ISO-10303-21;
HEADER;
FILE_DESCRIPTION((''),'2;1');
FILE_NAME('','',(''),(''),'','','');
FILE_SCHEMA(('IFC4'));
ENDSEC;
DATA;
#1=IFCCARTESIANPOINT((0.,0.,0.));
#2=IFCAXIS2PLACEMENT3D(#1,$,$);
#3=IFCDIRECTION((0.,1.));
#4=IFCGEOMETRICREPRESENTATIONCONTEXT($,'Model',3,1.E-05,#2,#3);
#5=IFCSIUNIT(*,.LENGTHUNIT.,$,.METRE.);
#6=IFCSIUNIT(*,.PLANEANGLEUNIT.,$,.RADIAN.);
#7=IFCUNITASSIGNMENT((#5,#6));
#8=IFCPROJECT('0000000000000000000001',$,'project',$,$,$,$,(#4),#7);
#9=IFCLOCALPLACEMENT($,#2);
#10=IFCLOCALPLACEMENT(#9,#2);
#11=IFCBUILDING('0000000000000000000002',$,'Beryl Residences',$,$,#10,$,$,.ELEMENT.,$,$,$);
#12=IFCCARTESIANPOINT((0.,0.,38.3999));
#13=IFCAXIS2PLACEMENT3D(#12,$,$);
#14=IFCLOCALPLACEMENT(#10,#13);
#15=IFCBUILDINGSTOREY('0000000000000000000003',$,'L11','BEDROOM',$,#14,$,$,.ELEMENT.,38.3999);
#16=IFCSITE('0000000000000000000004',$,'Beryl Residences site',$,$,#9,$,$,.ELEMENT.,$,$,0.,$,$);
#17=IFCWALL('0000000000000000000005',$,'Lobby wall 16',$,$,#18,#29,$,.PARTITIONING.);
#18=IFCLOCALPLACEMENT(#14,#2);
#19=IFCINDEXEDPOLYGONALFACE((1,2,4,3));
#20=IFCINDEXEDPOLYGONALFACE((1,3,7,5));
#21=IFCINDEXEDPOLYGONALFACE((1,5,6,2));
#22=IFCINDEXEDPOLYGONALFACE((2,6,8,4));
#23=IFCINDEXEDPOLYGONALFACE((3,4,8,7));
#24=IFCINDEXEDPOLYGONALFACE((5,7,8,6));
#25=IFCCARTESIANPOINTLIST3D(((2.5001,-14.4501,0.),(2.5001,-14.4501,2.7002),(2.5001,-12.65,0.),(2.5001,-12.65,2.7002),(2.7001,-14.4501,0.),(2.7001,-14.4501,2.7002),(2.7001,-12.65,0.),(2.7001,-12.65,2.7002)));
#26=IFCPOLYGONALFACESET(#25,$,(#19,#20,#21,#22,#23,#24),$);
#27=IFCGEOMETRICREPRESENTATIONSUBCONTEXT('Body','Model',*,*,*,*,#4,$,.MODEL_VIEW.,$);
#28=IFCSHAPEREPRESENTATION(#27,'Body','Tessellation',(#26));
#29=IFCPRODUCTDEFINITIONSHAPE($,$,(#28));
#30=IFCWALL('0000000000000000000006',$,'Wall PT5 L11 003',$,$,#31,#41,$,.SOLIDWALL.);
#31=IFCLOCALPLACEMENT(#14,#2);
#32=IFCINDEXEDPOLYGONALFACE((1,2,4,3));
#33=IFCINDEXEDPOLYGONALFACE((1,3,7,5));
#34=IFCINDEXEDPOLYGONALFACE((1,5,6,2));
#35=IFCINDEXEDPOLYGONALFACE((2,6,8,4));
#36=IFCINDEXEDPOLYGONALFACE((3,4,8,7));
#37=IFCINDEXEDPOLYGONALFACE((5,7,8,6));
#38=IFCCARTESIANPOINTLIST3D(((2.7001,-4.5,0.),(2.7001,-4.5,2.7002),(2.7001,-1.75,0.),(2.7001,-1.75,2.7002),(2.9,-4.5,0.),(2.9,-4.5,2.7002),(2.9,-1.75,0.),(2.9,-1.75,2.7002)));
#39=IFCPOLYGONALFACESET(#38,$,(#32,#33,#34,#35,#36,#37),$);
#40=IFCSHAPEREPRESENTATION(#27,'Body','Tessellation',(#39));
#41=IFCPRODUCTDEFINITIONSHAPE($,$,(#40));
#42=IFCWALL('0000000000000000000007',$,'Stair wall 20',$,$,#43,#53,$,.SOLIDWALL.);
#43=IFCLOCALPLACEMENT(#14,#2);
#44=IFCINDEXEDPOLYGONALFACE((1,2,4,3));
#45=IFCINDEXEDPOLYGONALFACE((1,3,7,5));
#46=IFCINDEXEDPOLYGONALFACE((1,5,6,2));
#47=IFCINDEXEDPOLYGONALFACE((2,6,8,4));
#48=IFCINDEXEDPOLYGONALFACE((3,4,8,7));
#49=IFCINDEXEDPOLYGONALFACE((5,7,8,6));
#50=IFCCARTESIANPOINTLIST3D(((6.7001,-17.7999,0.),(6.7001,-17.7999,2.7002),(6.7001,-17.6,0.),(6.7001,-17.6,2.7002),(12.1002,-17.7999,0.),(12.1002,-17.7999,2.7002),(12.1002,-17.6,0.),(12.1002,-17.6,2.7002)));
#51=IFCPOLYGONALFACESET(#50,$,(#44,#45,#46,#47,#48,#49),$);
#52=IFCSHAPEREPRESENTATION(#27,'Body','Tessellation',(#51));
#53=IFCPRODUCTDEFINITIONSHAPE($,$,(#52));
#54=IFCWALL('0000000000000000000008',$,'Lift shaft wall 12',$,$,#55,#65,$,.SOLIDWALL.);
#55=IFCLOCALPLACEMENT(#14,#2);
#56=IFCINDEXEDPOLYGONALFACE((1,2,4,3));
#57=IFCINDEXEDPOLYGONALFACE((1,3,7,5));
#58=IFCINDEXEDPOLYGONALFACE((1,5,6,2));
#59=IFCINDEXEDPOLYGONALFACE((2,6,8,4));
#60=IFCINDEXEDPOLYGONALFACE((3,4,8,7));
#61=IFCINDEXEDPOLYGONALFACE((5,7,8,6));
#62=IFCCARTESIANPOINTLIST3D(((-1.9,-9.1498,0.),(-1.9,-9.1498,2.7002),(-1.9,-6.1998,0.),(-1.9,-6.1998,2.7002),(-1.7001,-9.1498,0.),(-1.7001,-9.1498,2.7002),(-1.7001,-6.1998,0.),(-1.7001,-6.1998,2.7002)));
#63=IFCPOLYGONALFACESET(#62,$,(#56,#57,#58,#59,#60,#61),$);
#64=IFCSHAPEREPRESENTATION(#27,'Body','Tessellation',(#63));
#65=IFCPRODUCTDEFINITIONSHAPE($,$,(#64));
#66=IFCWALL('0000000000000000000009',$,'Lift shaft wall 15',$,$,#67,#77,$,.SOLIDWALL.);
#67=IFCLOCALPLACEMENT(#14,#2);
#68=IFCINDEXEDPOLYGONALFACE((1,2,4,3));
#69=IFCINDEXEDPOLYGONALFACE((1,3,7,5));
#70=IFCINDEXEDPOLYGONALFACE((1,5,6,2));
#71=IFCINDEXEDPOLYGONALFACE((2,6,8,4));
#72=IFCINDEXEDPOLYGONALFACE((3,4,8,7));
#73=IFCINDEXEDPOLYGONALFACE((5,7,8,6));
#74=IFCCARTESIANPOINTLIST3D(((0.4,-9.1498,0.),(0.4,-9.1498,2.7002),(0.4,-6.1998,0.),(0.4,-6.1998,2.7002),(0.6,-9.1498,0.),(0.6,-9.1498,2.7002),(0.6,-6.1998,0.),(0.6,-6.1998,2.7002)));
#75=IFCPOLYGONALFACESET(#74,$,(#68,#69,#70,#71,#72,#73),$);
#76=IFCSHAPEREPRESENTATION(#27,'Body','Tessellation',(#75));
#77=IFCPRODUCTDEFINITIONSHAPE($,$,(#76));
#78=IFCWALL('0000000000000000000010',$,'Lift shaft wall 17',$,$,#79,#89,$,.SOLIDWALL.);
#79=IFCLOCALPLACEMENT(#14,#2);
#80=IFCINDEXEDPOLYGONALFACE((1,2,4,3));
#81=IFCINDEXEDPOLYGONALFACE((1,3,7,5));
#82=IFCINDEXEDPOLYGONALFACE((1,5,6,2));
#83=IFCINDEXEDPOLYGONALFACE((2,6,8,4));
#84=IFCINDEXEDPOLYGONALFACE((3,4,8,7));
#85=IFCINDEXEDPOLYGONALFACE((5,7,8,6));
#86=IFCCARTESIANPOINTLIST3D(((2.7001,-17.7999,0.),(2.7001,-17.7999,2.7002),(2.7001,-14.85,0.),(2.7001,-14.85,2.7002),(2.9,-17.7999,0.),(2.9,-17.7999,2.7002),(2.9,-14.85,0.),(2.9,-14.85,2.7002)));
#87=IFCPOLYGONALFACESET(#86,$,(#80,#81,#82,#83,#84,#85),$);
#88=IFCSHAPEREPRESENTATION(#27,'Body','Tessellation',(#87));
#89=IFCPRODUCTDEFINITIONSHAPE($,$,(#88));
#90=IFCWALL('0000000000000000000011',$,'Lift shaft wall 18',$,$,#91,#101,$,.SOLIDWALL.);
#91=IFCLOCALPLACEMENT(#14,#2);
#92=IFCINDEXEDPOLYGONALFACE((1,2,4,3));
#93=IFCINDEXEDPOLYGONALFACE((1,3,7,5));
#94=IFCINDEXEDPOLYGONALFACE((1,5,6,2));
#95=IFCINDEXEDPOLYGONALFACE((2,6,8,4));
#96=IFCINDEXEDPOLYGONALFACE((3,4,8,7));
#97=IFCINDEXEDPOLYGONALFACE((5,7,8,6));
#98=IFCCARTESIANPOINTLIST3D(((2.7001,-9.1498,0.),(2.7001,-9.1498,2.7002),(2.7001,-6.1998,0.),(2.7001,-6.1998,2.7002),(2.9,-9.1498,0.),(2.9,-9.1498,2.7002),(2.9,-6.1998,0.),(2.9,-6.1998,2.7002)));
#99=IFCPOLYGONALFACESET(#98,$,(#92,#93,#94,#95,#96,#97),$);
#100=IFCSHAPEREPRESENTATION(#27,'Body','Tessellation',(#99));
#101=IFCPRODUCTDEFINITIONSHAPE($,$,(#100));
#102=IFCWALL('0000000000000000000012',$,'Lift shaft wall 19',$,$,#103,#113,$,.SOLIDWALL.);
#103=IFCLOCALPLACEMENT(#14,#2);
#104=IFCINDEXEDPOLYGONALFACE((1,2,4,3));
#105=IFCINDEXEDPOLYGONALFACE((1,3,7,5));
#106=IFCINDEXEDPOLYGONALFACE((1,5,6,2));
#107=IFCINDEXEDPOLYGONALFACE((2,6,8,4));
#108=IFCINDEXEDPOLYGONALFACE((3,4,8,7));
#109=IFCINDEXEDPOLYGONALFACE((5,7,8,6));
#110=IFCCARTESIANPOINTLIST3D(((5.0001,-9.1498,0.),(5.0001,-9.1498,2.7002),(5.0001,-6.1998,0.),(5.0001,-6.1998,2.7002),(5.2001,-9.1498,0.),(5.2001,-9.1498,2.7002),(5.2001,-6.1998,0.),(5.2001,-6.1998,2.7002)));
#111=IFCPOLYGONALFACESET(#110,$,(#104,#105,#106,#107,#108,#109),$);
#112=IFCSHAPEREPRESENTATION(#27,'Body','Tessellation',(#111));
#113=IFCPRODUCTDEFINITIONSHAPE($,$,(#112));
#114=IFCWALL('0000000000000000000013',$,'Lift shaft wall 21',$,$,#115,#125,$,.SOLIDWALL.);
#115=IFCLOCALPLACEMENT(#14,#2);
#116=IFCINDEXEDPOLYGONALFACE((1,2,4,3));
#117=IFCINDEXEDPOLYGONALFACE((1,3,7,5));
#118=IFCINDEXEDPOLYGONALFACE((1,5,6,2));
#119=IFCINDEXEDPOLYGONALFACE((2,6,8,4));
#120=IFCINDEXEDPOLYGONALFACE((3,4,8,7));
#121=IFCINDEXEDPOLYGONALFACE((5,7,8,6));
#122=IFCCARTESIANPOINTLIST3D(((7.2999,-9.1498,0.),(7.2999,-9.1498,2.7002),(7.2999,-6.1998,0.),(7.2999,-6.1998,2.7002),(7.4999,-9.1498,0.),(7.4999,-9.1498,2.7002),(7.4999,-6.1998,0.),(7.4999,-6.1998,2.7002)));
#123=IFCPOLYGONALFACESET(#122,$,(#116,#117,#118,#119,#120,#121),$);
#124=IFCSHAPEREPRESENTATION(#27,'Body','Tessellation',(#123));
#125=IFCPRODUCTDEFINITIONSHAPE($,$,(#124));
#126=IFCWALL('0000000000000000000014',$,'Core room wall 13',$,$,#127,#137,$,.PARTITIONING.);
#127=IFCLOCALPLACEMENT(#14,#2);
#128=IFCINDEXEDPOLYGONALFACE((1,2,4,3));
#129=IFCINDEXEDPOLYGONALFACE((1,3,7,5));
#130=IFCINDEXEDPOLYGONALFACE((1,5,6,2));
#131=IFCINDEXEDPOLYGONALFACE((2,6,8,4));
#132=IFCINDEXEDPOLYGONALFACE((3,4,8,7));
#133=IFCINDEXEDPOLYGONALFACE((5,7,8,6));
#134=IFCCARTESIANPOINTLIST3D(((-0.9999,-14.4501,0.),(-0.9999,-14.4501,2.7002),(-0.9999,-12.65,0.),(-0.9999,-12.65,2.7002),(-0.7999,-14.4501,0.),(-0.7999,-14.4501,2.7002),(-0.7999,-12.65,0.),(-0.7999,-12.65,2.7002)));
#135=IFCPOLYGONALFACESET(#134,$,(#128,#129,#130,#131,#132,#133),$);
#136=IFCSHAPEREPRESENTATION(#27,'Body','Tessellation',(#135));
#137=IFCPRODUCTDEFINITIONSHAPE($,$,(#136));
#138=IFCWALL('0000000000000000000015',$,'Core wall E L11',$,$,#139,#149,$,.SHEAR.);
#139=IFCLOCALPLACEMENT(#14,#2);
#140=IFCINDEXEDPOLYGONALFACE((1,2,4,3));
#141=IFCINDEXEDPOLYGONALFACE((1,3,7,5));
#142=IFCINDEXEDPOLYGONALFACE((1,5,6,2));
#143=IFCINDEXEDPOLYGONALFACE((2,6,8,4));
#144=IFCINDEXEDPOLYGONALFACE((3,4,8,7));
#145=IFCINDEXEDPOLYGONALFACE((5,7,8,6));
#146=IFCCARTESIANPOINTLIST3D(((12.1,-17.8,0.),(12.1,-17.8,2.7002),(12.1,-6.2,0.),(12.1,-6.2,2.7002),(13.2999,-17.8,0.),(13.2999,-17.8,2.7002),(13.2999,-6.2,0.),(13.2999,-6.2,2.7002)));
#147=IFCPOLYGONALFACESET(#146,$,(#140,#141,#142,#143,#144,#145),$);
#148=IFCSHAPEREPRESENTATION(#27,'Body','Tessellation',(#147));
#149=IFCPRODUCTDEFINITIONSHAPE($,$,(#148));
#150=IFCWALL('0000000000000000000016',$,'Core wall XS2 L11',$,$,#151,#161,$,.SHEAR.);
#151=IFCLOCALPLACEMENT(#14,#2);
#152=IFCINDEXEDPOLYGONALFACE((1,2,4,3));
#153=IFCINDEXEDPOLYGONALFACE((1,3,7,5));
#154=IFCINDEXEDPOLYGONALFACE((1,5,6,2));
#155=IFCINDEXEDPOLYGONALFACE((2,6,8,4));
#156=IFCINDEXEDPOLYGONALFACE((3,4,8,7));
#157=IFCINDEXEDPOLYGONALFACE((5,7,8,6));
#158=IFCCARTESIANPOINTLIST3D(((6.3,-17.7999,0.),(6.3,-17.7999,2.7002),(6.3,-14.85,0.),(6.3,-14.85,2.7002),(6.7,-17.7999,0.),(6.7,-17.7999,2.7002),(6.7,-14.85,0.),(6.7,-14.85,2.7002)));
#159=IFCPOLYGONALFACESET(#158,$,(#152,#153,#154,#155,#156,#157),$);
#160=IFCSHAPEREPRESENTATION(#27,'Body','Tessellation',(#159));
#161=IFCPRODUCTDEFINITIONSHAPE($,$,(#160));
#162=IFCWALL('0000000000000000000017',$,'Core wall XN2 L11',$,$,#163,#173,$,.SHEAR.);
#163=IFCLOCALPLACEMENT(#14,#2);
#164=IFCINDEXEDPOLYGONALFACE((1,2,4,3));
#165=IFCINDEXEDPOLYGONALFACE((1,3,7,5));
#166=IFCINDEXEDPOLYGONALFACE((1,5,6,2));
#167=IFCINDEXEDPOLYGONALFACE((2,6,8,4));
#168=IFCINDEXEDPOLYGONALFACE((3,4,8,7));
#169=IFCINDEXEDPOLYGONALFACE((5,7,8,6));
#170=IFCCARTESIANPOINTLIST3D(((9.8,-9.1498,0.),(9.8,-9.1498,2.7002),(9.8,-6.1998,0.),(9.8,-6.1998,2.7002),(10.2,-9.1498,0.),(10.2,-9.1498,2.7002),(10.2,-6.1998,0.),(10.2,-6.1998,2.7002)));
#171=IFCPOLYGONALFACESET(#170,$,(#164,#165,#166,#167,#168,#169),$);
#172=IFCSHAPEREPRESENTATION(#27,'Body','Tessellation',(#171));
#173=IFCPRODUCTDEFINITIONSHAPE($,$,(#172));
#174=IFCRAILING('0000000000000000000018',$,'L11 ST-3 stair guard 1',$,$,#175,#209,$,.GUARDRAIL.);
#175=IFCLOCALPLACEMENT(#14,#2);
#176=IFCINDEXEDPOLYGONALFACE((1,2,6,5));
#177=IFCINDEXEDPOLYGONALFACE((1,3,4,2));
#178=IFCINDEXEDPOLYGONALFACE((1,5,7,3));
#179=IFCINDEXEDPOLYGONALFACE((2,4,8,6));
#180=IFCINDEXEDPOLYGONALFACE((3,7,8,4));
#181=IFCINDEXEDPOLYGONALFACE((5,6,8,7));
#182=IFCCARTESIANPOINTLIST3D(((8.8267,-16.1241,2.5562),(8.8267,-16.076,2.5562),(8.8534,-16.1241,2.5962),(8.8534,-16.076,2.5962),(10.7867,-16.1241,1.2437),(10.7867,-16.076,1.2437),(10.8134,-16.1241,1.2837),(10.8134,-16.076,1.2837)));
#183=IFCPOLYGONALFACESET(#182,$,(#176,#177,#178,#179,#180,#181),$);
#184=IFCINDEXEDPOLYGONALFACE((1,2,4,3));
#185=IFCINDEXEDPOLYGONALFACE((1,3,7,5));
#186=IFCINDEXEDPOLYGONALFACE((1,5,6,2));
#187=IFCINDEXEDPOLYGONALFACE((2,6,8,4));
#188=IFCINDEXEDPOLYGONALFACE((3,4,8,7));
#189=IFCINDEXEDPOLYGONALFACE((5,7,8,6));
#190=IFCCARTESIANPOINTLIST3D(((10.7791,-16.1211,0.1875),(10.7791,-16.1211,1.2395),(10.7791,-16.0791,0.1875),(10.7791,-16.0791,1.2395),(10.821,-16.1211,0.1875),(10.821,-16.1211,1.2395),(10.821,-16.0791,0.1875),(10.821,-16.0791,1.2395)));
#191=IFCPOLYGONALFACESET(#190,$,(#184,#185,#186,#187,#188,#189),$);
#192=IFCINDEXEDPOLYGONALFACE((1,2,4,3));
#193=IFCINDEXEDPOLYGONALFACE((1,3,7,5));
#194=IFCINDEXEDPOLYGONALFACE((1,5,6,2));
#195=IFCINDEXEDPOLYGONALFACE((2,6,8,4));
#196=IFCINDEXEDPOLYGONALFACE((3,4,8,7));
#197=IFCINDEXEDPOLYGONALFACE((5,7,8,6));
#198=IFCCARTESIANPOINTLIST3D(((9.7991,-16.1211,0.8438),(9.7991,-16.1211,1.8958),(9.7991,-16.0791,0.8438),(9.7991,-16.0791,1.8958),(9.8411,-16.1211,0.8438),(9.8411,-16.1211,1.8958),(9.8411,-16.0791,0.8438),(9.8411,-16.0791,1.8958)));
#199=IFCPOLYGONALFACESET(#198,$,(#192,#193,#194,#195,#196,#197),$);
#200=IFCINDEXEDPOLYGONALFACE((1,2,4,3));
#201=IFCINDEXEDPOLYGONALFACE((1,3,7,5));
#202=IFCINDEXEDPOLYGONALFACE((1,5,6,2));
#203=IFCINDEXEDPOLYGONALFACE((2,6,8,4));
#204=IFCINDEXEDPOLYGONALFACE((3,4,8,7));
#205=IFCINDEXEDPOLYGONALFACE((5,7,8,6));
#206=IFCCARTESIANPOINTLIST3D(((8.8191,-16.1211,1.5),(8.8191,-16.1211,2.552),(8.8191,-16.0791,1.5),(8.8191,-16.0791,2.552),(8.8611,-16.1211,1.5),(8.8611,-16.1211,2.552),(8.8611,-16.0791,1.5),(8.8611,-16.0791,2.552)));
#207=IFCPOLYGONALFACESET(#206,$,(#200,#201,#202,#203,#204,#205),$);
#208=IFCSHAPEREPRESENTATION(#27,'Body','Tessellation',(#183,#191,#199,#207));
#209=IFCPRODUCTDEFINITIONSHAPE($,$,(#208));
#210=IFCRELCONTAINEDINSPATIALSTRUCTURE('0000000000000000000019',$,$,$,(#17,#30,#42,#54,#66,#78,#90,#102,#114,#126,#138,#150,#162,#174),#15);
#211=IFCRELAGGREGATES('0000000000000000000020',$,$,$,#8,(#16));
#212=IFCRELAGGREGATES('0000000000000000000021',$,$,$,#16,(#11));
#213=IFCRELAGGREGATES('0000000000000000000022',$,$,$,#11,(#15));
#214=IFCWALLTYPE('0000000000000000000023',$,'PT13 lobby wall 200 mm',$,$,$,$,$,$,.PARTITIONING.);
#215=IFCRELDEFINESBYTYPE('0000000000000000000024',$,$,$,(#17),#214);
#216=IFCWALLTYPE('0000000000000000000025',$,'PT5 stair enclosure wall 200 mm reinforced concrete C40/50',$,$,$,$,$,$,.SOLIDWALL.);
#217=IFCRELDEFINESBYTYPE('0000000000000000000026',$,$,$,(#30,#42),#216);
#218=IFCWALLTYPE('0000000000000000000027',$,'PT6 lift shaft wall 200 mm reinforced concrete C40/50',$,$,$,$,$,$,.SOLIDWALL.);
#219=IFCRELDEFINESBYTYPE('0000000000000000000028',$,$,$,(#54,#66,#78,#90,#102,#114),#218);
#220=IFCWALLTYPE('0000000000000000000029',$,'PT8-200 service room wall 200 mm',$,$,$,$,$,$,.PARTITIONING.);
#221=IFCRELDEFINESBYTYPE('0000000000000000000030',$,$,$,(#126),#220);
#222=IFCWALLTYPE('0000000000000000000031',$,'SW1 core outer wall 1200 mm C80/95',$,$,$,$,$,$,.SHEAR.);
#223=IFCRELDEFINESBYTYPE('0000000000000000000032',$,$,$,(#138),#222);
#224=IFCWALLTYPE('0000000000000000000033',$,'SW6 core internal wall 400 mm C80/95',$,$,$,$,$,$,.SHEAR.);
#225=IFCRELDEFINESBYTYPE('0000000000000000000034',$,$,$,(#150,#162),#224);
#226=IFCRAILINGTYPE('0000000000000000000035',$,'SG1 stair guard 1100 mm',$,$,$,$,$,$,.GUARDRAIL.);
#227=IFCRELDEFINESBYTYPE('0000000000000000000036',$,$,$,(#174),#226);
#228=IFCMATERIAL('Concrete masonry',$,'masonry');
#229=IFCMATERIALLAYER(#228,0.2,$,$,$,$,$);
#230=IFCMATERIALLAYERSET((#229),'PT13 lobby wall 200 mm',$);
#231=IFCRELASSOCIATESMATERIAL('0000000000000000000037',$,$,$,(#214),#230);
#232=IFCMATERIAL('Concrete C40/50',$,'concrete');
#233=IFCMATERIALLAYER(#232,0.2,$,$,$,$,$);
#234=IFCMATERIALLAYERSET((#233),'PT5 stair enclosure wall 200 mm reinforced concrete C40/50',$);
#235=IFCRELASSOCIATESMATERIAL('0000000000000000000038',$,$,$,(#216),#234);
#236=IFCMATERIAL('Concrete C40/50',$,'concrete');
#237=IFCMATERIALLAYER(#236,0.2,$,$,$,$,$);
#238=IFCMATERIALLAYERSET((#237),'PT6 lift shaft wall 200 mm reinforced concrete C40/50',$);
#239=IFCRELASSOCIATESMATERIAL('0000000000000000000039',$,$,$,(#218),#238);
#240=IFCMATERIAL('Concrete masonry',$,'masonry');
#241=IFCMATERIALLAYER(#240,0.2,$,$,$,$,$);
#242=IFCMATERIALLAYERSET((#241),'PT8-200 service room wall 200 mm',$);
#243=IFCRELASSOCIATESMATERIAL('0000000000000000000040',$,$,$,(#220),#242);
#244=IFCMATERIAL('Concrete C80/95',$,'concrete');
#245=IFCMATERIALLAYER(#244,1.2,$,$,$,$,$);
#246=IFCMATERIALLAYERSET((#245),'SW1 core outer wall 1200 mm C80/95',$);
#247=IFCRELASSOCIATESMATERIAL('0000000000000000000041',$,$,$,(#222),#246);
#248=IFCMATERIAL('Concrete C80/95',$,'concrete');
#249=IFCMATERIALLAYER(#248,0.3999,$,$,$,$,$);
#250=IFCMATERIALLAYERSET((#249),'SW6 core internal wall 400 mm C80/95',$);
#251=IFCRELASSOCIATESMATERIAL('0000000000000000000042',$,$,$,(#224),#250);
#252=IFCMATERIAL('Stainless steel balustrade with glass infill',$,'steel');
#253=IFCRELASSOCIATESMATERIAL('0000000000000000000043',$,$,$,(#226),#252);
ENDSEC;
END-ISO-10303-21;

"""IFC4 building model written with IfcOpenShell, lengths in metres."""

from ifc_helpers import new_model, si_unit, direction, frame, frame_2d, origin, origin_2d, place, context, subcontext, project, spatial, rectangle, extrude, material, layer, layer_set, type_object, element, save


model = new_model("IFC4")

# Units and contexts
model_context = context("Model", 3, precision=1e-05, world=origin(), true_north=direction((0.0, 1.0)))
body_context = subcontext(model_context, "Body", "Model", "MODEL_VIEW")
ifc_project = project(units=[si_unit("LENGTHUNIT", "METRE"), si_unit("PLANEANGLEUNIT", "RADIAN")], contexts=[model_context])

# Site, building, storey
site_placement = place(None, origin())
site = spatial("IfcSite", under=ifc_project, at=site_placement, Name="Beryl Residences site", CompositionType="ELEMENT", RefElevation=0.0)
building_placement = place(site_placement, origin())
building = spatial("IfcBuilding", under=site, at=building_placement, Name="Beryl Residences", CompositionType="ELEMENT")
storey_placement = place(building_placement, frame((0.0, 0.0, 38.3999)))
storey = spatial("IfcBuildingStorey", under=building, at=storey_placement, Name="L11", Description="BEDROOM", CompositionType="ELEMENT", Elevation=38.3999)

# Walls
ifc_material_1 = material(Name="Concrete masonry", Category="masonry")
ifc_layer_1 = layer(ifc_material_1, 0.2)
ifc_layer_set_1 = layer_set([ifc_layer_1], Name="PT13 lobby wall 200 mm")
wall_type_1 = type_object("IfcWallType", Name="PT13 lobby wall 200 mm", PredefinedType="PARTITIONING", material=ifc_layer_set_1)
wall_1_placement = place(storey_placement, frame((2.6001, -14.45, 0.0), z_axis=(0.0, 0.0, 1.0), x_axis=(0.0, 1.0, 0.0)))
element("IfcWall", 1, at=wall_1_placement, inside=storey, type_object=wall_type_1, Name="Lobby wall 16", PredefinedType="PARTITIONING", context=body_context, shape_type="SweptSolid", body=[
    extrude(rectangle(XDim=1.8, YDim=0.2, at=frame_2d((0.8999, 0.0))), origin(), (0.0, 0.0, 1.0), 2.7002),
])
ifc_material_2 = material(Name="Concrete C40/50", Category="concrete")
ifc_layer_2 = layer(ifc_material_2, 0.2)
ifc_layer_set_2 = layer_set([ifc_layer_2], Name="PT5 stair enclosure wall 200 mm reinforced concrete C40/50")
wall_type_2 = type_object("IfcWallType", Name="PT5 stair enclosure wall 200 mm reinforced concrete C40/50", PredefinedType="SOLIDWALL", material=ifc_layer_set_2)
wall_2_placement = place(storey_placement, frame((2.8, -4.5, 0.0), z_axis=(0.0, 0.0, 1.0), x_axis=(0.0, 1.0, 0.0)))
element("IfcWall", 2, at=wall_2_placement, inside=storey, type_object=wall_type_2, Name="Wall PT5 L11 003", PredefinedType="SOLIDWALL", context=body_context, shape_type="SweptSolid", body=[
    extrude(rectangle(XDim=2.75, YDim=0.2, at=frame_2d((1.375, 0.0))), origin(), (0.0, 0.0, 1.0), 2.7002),
])
wall_3_placement = place(storey_placement, frame((6.7, -17.7, 0.0), z_axis=(0.0, 0.0, 1.0), x_axis=(1.0, 0.0, 0.0)))
element("IfcWall", 3, at=wall_3_placement, inside=storey, type_object=wall_type_2, Name="Stair wall 20", PredefinedType="SOLIDWALL", context=body_context, shape_type="SweptSolid", body=[
    extrude(rectangle(XDim=5.4001, YDim=0.2, at=frame_2d((2.7002, 0.0))), origin(), (0.0, 0.0, 1.0), 2.7002),
])
ifc_material_3 = material(Name="Concrete C40/50", Category="concrete")
ifc_layer_3 = layer(ifc_material_3, 0.2)
ifc_layer_set_3 = layer_set([ifc_layer_3], Name="PT6 lift shaft wall 200 mm reinforced concrete C40/50")
wall_type_3 = type_object("IfcWallType", Name="PT6 lift shaft wall 200 mm reinforced concrete C40/50", PredefinedType="SOLIDWALL", material=ifc_layer_set_3)
for number, where, z_axis, x_axis, name in (
    (4, (-1.8, -9.1499, 0.0), (0.0, 0.0, 1.0), (0.0, 1.0, 0.0), "Lift shaft wall 12"),
    (5, (0.5, -9.1499, 0.0), (0.0, 0.0, 1.0), (0.0, 1.0, 0.0), "Lift shaft wall 15"),
    (6, (2.8, -17.8, 0.0), (0.0, 0.0, 1.0), (0.0, 1.0, 0.0), "Lift shaft wall 17"),
    (7, (2.8, -9.1499, 0.0), (0.0, 0.0, 1.0), (0.0, 1.0, 0.0), "Lift shaft wall 18"),
    (8, (5.1001, -9.1499, 0.0), (0.0, 0.0, 1.0), (0.0, 1.0, 0.0), "Lift shaft wall 19"),
    (9, (7.3999, -9.1499, 0.0), (0.0, 0.0, 1.0), (0.0, 1.0, 0.0), "Lift shaft wall 21"),
):
    element("IfcWall", number, at=place(storey_placement, frame(where, z_axis=z_axis, x_axis=x_axis)), inside=storey, type_object=wall_type_3, Name=name, PredefinedType="SOLIDWALL", context=body_context, shape_type="SweptSolid", body=[
        extrude(rectangle(XDim=2.95, YDim=0.2, at=frame_2d((1.4751, 0.0))), origin(), (0.0, 0.0, 1.0), 2.7002),
    ])
ifc_material_4 = material(Name="Concrete masonry", Category="masonry")
ifc_layer_4 = layer(ifc_material_4, 0.2)
ifc_layer_set_4 = layer_set([ifc_layer_4], Name="PT8-200 service room wall 200 mm")
wall_type_4 = type_object("IfcWallType", Name="PT8-200 service room wall 200 mm", PredefinedType="PARTITIONING", material=ifc_layer_set_4)
wall_4_placement = place(storey_placement, frame((-0.8999, -14.45, 0.0), z_axis=(0.0, 0.0, 1.0), x_axis=(0.0, 1.0, 0.0)))
element("IfcWall", 10, at=wall_4_placement, inside=storey, type_object=wall_type_4, Name="Core room wall 13", PredefinedType="PARTITIONING", context=body_context, shape_type="SweptSolid", body=[
    extrude(rectangle(XDim=1.8, YDim=0.2, at=frame_2d((0.8999, 0.0))), origin(), (0.0, 0.0, 1.0), 2.7002),
])
ifc_material_5 = material(Name="Concrete C80/95", Category="concrete")
ifc_layer_5 = layer(ifc_material_5, 1.2)
ifc_layer_set_5 = layer_set([ifc_layer_5], Name="SW1 core outer wall 1200 mm C80/95")
wall_type_5 = type_object("IfcWallType", Name="SW1 core outer wall 1200 mm C80/95", PredefinedType="SHEAR", material=ifc_layer_set_5)
wall_5_placement = place(storey_placement, frame((12.7, -17.8, 0.0), z_axis=(0.0, 0.0, 1.0), x_axis=(0.0, 1.0, 0.0)))
element("IfcWall", 11, at=wall_5_placement, inside=storey, type_object=wall_type_5, Name="Core wall E L11", PredefinedType="SHEAR", context=body_context, shape_type="SweptSolid", body=[
    extrude(rectangle(XDim=11.6001, YDim=1.2, at=frame_2d((5.8, 0.0))), origin(), (0.0, 0.0, 1.0), 2.7002),
])
ifc_material_6 = material(Name="Concrete C80/95", Category="concrete")
ifc_layer_6 = layer(ifc_material_6, 0.3999)
ifc_layer_set_6 = layer_set([ifc_layer_6], Name="SW6 core internal wall 400 mm C80/95")
wall_type_6 = type_object("IfcWallType", Name="SW6 core internal wall 400 mm C80/95", PredefinedType="SHEAR", material=ifc_layer_set_6)
for number, where, z_axis, x_axis, name in (
    (12, (6.5, -17.8, 0.0), (0.0, 0.0, 1.0), (0.0, 1.0, 0.0), "Core wall XS2 L11"),
    (13, (10.0, -9.1499, 0.0), (0.0, 0.0, 1.0), (0.0, 1.0, 0.0), "Core wall XN2 L11"),
):
    element("IfcWall", number, at=place(storey_placement, frame(where, z_axis=z_axis, x_axis=x_axis)), inside=storey, type_object=wall_type_6, Name=name, PredefinedType="SHEAR", context=body_context, shape_type="SweptSolid", body=[
        extrude(rectangle(XDim=2.95, YDim=0.3999, at=frame_2d((1.4751, 0.0))), origin(), (0.0, 0.0, 1.0), 2.7002),
    ])

# Railing
ifc_material_7 = material(Name="Stainless steel balustrade with glass infill", Category="steel")
railing_type_1 = type_object("IfcRailingType", Name="SG1 stair guard 1100 mm", PredefinedType="GUARDRAIL", material=ifc_material_7)
railing_1_placement = place(storey_placement, frame((10.8, -16.1001, 0.1875)))
element("IfcRailing", 14, at=railing_1_placement, inside=storey, type_object=railing_type_1, Name="L11 ST-3 stair guard 1", PredefinedType="GUARDRAIL", context=body_context, shape_type="SweptSolid", body=[
    extrude(rectangle(XDim=0.0481, YDim=0.0481, at=origin_2d()), frame((0.0, 0.0, 1.0762), z_axis=(-0.830902, 0.0, 0.556419), x_axis=(0.0, -1.0, 0.0)), (0.0, 0.0, 1.0), 2.3589),
    extrude(rectangle(XDim=0.042, YDim=0.042, at=origin_2d()), origin(), (0.0, 0.0, 1.0), 1.052),
    extrude(rectangle(XDim=0.042, YDim=0.042, at=origin_2d()), frame((-0.98, 0.0, 0.6562)), (0.0, 0.0, 1.0), 1.052),
    extrude(rectangle(XDim=0.042, YDim=0.042, at=origin_2d()), frame((-1.96, 0.0, 1.3125)), (0.0, 0.0, 1.0), 1.052),
])

save(model, "model.ifc")
